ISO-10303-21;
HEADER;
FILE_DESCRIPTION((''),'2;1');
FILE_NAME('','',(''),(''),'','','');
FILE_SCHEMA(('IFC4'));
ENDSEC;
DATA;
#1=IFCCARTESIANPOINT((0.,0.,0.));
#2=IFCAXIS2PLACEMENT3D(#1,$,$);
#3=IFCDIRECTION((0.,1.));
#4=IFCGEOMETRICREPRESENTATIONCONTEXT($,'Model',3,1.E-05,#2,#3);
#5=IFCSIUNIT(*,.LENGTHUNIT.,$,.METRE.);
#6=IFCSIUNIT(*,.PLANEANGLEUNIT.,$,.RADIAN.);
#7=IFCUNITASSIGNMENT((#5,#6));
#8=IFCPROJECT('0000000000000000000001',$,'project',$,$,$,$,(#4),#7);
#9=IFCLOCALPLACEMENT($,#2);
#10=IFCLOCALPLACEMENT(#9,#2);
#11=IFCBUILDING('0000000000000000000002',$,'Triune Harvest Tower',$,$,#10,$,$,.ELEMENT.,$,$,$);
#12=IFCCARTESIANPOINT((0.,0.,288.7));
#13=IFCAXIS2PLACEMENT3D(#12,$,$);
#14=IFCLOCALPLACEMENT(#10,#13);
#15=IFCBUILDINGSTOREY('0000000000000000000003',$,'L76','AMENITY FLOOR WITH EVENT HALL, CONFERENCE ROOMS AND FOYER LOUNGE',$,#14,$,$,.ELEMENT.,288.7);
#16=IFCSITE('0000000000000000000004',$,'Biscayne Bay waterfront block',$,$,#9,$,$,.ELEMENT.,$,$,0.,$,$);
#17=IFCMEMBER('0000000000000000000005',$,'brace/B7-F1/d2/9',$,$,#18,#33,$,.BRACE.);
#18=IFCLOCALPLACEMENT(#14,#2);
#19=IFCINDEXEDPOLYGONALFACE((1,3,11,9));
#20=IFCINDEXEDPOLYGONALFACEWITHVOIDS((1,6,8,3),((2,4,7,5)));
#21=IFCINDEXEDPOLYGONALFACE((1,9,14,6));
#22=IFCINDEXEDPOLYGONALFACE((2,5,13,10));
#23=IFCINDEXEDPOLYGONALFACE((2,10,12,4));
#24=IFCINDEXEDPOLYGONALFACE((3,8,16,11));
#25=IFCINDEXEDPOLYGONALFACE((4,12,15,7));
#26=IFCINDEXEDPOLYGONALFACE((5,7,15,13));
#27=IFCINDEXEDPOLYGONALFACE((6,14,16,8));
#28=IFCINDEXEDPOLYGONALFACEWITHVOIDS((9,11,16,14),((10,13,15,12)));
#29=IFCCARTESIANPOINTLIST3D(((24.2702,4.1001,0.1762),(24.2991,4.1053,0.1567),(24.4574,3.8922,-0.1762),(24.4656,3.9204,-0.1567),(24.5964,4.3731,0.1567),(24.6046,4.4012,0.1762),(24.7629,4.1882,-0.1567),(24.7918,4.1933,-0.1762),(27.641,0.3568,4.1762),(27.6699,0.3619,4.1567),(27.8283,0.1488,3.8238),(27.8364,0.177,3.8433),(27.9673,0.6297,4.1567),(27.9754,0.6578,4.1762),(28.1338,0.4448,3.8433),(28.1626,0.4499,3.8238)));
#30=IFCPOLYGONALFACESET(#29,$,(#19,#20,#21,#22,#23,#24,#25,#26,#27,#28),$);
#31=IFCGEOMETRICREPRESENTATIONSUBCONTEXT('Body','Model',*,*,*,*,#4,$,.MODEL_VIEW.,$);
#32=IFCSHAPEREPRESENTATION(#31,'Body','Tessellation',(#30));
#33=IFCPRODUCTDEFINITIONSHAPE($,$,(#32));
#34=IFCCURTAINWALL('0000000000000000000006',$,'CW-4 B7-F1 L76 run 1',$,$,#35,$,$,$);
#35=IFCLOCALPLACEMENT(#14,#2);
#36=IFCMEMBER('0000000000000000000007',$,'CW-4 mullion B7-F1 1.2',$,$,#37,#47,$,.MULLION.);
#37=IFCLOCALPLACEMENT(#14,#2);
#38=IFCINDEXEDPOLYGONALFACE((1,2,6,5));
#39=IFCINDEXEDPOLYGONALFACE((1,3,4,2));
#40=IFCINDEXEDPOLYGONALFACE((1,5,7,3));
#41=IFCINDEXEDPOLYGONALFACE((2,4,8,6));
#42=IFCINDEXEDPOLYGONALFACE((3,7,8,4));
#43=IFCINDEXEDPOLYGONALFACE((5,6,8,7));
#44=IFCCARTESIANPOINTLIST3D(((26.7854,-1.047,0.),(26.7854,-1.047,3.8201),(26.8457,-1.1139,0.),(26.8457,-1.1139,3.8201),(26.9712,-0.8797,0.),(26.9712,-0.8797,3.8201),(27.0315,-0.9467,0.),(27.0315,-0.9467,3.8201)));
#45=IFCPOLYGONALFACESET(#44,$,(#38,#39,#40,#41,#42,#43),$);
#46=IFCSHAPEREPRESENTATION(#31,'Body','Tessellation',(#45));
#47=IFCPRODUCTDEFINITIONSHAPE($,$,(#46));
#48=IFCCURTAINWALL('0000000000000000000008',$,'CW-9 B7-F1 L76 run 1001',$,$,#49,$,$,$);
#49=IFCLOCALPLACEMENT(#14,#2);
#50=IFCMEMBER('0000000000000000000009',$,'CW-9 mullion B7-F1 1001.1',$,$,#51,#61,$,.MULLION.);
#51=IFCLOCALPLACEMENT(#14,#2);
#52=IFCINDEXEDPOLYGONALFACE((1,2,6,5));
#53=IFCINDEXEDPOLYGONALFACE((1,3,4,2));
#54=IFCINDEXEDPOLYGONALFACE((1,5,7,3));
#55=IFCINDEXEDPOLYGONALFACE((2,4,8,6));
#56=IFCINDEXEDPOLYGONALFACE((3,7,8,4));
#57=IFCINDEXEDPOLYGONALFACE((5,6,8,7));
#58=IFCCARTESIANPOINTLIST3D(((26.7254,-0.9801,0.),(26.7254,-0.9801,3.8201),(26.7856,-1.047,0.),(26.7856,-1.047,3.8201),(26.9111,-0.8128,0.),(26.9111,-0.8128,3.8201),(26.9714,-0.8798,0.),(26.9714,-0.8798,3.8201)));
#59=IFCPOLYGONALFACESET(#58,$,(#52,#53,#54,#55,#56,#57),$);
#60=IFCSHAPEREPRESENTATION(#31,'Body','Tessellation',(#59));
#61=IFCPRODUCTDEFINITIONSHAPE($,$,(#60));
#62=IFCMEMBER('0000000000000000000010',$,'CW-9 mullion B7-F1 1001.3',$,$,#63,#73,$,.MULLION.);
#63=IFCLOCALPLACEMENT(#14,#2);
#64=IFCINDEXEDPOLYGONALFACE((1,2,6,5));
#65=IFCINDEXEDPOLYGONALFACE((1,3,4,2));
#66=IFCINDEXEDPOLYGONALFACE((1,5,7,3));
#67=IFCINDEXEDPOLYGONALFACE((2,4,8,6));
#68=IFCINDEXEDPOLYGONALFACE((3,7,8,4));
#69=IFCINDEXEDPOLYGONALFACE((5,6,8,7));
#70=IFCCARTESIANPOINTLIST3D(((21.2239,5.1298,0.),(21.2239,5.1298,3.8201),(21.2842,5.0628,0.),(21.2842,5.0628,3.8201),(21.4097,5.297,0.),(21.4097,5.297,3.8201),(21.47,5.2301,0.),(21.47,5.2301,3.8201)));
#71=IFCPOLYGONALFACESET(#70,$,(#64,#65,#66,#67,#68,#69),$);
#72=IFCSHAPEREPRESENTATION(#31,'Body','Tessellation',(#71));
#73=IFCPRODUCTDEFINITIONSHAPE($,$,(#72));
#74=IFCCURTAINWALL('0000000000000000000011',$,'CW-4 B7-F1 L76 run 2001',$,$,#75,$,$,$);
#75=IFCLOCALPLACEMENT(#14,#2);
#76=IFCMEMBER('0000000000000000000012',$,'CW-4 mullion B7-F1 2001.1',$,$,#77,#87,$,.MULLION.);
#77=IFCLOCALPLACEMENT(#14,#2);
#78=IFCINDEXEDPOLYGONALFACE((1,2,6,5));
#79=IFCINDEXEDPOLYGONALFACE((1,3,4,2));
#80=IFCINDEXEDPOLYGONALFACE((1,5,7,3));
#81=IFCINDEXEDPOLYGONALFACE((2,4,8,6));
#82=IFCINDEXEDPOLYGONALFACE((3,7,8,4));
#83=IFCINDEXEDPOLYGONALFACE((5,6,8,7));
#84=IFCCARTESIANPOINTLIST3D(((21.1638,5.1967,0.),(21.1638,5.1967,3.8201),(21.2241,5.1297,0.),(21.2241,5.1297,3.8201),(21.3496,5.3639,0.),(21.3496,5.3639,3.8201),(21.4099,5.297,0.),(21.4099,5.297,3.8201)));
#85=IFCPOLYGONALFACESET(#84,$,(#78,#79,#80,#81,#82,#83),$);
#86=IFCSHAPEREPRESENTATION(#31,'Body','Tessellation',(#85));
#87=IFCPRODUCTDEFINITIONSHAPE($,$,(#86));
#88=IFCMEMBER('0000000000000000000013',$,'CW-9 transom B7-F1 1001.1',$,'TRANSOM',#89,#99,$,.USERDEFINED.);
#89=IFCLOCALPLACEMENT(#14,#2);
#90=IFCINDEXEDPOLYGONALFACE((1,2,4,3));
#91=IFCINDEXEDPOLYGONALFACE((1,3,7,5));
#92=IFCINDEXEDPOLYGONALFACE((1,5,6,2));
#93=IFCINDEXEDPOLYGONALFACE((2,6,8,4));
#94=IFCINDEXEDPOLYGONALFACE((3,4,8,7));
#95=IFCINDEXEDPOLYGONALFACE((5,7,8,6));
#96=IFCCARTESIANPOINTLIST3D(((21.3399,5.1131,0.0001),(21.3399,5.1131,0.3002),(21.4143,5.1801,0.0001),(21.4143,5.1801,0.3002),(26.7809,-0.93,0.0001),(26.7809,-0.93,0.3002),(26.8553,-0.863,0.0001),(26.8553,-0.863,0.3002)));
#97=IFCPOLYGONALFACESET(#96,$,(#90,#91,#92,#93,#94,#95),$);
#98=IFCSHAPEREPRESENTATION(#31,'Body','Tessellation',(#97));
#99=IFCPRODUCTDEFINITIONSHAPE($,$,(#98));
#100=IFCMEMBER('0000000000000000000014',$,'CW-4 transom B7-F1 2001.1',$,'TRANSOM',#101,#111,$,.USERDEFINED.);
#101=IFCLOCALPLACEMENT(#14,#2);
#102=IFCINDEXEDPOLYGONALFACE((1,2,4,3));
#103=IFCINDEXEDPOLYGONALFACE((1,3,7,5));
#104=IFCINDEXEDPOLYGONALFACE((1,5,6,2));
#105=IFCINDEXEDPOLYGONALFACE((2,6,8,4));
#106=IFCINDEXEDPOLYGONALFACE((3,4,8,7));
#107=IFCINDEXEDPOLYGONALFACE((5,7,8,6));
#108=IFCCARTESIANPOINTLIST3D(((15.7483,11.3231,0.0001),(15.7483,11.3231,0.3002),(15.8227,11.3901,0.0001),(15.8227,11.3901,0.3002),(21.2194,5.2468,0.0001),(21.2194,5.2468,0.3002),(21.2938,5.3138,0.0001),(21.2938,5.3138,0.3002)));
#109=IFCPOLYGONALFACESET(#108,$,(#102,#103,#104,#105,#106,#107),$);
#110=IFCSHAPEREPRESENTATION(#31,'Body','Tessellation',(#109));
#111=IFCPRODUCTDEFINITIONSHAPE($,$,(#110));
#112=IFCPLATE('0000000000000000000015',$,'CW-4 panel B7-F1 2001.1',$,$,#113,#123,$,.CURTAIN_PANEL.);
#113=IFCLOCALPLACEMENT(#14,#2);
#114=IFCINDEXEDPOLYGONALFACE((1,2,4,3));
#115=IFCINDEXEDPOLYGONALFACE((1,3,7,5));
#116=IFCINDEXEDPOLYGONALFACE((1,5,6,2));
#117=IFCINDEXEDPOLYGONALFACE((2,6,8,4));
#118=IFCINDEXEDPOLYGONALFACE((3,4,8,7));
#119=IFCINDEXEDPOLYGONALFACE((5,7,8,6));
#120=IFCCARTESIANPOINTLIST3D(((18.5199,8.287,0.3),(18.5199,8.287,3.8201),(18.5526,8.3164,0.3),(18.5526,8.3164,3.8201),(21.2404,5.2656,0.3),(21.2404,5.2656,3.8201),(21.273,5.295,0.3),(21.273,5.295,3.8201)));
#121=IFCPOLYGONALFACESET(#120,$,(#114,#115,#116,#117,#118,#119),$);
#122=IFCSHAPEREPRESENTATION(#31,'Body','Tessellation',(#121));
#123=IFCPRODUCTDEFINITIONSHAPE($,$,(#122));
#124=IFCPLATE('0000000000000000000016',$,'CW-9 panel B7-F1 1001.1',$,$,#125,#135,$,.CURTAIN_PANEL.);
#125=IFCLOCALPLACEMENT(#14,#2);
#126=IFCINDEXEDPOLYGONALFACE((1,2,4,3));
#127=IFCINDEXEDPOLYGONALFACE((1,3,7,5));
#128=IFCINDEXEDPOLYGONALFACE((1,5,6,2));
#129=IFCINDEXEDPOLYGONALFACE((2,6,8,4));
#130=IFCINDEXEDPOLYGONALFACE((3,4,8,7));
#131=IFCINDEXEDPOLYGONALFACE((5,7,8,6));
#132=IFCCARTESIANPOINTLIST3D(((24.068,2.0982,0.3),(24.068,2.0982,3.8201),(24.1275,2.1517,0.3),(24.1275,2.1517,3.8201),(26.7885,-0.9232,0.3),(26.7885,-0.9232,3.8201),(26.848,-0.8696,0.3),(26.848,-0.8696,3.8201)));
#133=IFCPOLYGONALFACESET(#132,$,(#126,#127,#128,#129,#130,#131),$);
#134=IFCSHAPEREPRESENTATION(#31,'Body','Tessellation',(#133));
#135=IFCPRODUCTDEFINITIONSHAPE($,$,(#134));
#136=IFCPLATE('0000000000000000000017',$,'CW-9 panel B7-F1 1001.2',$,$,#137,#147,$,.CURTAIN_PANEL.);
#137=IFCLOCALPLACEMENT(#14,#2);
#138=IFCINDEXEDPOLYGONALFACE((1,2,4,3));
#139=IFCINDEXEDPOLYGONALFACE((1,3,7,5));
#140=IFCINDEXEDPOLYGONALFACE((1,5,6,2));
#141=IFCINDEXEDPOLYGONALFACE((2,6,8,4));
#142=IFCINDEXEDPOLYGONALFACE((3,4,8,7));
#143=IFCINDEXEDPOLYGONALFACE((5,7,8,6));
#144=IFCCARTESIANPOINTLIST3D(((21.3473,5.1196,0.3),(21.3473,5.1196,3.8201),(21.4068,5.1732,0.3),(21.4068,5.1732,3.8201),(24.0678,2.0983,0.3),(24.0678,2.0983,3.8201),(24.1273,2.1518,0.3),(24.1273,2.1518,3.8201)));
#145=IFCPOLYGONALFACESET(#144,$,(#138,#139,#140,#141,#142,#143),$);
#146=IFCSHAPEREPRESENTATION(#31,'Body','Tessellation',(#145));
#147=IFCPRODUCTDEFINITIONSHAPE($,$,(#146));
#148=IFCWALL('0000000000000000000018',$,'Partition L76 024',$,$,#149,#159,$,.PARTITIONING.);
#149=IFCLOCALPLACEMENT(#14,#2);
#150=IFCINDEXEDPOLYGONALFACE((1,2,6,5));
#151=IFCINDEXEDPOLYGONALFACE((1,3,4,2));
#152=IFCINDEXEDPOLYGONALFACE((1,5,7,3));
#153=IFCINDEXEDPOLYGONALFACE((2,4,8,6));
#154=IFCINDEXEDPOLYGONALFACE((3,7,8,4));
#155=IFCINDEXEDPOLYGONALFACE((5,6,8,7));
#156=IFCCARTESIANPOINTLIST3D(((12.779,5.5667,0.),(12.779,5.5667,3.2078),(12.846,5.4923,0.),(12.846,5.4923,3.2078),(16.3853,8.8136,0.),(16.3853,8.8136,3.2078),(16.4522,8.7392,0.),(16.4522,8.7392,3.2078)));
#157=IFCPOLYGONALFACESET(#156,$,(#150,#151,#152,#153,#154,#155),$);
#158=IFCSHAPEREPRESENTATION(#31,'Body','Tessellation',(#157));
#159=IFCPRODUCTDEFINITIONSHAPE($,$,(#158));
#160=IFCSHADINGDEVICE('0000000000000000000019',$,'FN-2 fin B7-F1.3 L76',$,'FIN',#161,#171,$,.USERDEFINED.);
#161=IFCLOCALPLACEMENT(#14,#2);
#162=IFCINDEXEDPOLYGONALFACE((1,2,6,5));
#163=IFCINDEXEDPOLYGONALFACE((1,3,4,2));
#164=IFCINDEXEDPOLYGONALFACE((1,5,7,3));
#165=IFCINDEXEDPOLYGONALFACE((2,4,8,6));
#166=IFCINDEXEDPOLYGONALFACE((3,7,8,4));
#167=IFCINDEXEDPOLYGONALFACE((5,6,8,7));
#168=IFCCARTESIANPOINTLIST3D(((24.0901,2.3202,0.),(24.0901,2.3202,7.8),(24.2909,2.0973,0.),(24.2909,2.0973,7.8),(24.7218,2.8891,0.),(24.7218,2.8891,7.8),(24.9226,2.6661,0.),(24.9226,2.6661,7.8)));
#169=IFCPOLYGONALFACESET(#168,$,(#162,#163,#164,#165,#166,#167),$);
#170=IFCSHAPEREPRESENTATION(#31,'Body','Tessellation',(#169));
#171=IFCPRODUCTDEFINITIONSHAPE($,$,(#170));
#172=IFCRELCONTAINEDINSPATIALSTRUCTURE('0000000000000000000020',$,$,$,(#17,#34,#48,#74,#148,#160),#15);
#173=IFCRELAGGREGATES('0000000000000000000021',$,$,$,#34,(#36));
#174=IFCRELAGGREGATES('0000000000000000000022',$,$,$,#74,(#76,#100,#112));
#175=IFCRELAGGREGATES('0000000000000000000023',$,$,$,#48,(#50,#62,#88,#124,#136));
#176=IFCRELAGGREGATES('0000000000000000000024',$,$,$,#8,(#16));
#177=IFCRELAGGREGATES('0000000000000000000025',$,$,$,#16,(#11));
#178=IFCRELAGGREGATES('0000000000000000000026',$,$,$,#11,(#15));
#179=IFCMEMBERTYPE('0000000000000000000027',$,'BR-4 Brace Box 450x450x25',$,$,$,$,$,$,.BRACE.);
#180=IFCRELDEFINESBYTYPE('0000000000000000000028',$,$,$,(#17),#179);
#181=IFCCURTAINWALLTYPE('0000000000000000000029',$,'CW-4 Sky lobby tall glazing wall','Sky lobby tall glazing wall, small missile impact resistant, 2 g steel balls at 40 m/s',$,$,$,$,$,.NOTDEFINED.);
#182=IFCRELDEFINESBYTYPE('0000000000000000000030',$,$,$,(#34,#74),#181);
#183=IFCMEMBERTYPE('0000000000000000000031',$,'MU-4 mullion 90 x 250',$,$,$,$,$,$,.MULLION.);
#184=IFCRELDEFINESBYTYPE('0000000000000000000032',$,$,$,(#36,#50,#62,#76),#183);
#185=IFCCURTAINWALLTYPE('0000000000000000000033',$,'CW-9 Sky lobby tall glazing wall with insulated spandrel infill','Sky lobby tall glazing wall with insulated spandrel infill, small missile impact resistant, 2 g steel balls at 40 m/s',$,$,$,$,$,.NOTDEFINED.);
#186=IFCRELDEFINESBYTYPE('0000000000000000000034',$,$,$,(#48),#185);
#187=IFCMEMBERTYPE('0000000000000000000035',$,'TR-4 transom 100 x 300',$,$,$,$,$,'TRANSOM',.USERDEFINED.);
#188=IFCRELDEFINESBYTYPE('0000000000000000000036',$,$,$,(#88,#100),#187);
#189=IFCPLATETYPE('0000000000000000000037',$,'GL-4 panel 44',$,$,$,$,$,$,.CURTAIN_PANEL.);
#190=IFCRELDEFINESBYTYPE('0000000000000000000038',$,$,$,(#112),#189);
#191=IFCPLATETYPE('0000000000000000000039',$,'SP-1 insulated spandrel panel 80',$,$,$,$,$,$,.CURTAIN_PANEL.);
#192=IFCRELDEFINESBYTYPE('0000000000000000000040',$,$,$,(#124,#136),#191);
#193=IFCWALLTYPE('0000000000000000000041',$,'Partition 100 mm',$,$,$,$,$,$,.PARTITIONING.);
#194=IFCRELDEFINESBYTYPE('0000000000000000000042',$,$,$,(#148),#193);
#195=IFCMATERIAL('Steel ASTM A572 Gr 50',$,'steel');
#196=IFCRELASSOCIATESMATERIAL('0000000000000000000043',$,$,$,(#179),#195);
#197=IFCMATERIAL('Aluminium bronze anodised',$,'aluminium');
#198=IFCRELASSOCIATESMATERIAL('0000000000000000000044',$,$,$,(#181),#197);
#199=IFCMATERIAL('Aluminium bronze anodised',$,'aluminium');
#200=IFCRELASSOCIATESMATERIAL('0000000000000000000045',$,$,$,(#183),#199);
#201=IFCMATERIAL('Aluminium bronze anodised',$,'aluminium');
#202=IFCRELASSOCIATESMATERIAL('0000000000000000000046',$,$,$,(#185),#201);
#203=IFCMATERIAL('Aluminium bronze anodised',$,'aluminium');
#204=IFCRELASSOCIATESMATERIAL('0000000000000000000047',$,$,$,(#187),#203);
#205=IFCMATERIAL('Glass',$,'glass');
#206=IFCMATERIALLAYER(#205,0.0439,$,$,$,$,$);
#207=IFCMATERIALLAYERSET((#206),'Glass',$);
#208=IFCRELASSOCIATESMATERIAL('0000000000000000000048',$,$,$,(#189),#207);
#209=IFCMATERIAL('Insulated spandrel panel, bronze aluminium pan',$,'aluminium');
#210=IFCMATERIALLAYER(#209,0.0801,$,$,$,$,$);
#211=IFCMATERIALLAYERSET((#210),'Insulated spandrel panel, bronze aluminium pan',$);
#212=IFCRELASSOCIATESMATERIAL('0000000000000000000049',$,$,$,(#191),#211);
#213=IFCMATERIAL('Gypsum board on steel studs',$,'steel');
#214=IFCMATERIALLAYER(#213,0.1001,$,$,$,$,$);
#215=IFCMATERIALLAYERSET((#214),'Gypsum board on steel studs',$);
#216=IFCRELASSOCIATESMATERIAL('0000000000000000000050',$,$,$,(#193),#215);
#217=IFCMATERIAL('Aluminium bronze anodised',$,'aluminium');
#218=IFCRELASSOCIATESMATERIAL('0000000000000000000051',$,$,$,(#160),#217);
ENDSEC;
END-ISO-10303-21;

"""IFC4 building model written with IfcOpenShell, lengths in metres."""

from ifc_helpers import new_model, si_unit, direction, frame, frame_2d, origin, origin_2d, place, context, subcontext, project, spatial, rectangle, hollow_rectangle, extrude, source, transform, mapped, material, layer, layer_set, material_profile, profile_set, type_object, element, aggregate, save


model = new_model("IFC4")

# Units and contexts
model_context = context("Model", 3, precision=1e-05, world=origin(), true_north=direction((0.0, 1.0)))
body_context = subcontext(model_context, "Body", "Model", "MODEL_VIEW")
ifc_project = project(units=[si_unit("LENGTHUNIT", "METRE"), si_unit("PLANEANGLEUNIT", "RADIAN")], contexts=[model_context])

# Site, building, storey
site_placement = place(None, origin())
site = spatial("IfcSite", under=ifc_project, at=site_placement, Name="Biscayne Bay waterfront block", CompositionType="ELEMENT", RefElevation=0.0)
building_placement = place(site_placement, origin())
building = spatial("IfcBuilding", under=site, at=building_placement, Name="Triune Harvest Tower", CompositionType="ELEMENT")
storey_placement = place(building_placement, frame((0.0, 0.0, 288.7)))
storey = spatial("IfcBuildingStorey", under=building, at=storey_placement, Name="L76", Description="AMENITY FLOOR WITH EVENT HALL, CONFERENCE ROOMS AND FOYER LOUNGE", CompositionType="ELEMENT", Elevation=288.7)

# Member
ifc_material_1 = material(Name="Steel ASTM A572 Gr 50", Category="steel")
ifc_material_profile_1 = material_profile(ifc_material_1, hollow_rectangle(XDim=0.45, YDim=0.45, WallThickness=0.0249, at=origin_2d()), Name="Box 450x450x25")
ifc_profile_set_1 = profile_set([ifc_material_profile_1], Name="Steel ASTM A572 Gr 50")
member_type_1 = type_object("IfcMemberType", Name="BR-4 Brace Box 450x450x25", PredefinedType="BRACE", material=ifc_profile_set_1)
shared_shape_1 = source(origin(), body_context, "Body", "SweptSolid", [
    extrude(hollow_rectangle(XDim=0.45, YDim=0.45, WallThickness=0.0249, at=origin_2d()), origin(), (0.0, 0.0, 1.0), 6.4324),
])
member_1_placement = place(storey_placement, frame((24.531, 4.1467, 0.0), z_axis=(0.524043, -0.581962, 0.621852), x_axis=(0.743118, 0.66916, 0.0)))
element("IfcMember", 1, at=member_1_placement, inside=storey, type_object=member_type_1, Name="brace/B7-F1/d2/9", PredefinedType="BRACE", context=body_context, shape_type="MappedRepresentation", body=[
    mapped(shared_shape_1, transform((0.0, 0.0, 0.0), scale=1.0)),
])

# Curtain wall, member
ifc_material_2 = material(Name="Aluminium bronze anodised", Category="aluminium")
curtain_wall_type_1 = type_object("IfcCurtainWallType", Name="CW-4 Sky lobby tall glazing wall", Description="Sky lobby tall glazing wall, small missile impact resistant, 2 g steel balls at 40 m/s", PredefinedType="NOTDEFINED", material=ifc_material_2)
curtain_wall_1_placement = place(storey_placement, origin())
curtain_wall_1 = element("IfcCurtainWall", 2, at=curtain_wall_1_placement, inside=storey, type_object=curtain_wall_type_1, Name="CW-4 B7-F1 L76 run 1")
ifc_material_3 = material(Name="Aluminium bronze anodised", Category="aluminium")
ifc_material_profile_2 = material_profile(ifc_material_3, rectangle(XDim=0.25, YDim=0.0901, at=origin_2d()), Name="MU-4 mullion 90 x 250")
ifc_profile_set_2 = profile_set([ifc_material_profile_2], Name="Aluminium bronze anodised")
member_type_2 = type_object("IfcMemberType", Name="MU-4 mullion 90 x 250", PredefinedType="MULLION", material=ifc_profile_set_2)
shared_shape_2 = source(origin(), body_context, "Body", "SweptSolid", [
    extrude(rectangle(XDim=0.25, YDim=0.0901, at=origin_2d()), origin(), (0.0, 0.0, 1.0), 3.8201),
])
member_2_placement = place(storey_placement, frame((26.9084, -0.9968, 0.0), z_axis=(0.0, 0.0, 1.0), x_axis=(-0.743139, -0.669137, 0.0)))
member_2 = element("IfcMember", 3, at=member_2_placement, type_object=member_type_2, Name="CW-4 mullion B7-F1 1.2", PredefinedType="MULLION", context=body_context, shape_type="MappedRepresentation", body=[
    mapped(shared_shape_2, transform((0.0, 0.0, 0.0), scale=1.0)),
])
aggregate(curtain_wall_1, [member_2])

# Curtain wall, members
ifc_material_4 = material(Name="Aluminium bronze anodised", Category="aluminium")
curtain_wall_type_2 = type_object("IfcCurtainWallType", Name="CW-9 Sky lobby tall glazing wall with insulated spandrel infill", Description="Sky lobby tall glazing wall with insulated spandrel infill, small missile impact resistant, 2 g steel balls at 40 m/s", PredefinedType="NOTDEFINED", material=ifc_material_4)
curtain_wall_2_placement = place(storey_placement, origin())
curtain_wall_2 = element("IfcCurtainWall", 4, at=curtain_wall_2_placement, inside=storey, type_object=curtain_wall_type_2, Name="CW-9 B7-F1 L76 run 1001")
member_3_placement = place(storey_placement, frame((26.8484, -0.9299, 0.0), z_axis=(0.0, 0.0, 1.0), x_axis=(-0.743146, -0.669129, 0.0)))
member_3 = element("IfcMember", 5, at=member_3_placement, type_object=member_type_2, Name="CW-9 mullion B7-F1 1001.1", PredefinedType="MULLION", context=body_context, shape_type="MappedRepresentation", body=[
    mapped(shared_shape_2, transform((0.0, 0.0, 0.0), scale=1.0)),
])
member_4_placement = place(storey_placement, frame((21.3469, 5.1799, 0.0), z_axis=(0.0, 0.0, 1.0), x_axis=(-0.743146, -0.669129, 0.0)))
member_4 = element("IfcMember", 6, at=member_4_placement, type_object=member_type_2, Name="CW-9 mullion B7-F1 1001.3", PredefinedType="MULLION", context=body_context, shape_type="MappedRepresentation", body=[
    mapped(shared_shape_2, transform((0.0, 0.0, 0.0), scale=1.0)),
])

# Curtain wall, member
curtain_wall_3_placement = place(storey_placement, origin())
curtain_wall_3 = element("IfcCurtainWall", 7, at=curtain_wall_3_placement, inside=storey, type_object=curtain_wall_type_1, Name="CW-4 B7-F1 L76 run 2001")
member_5_placement = place(storey_placement, frame((21.2869, 5.2468, 0.0), z_axis=(0.0, 0.0, 1.0), x_axis=(-0.743144, -0.669131, 0.0)))
member_5 = element("IfcMember", 8, at=member_5_placement, type_object=member_type_2, Name="CW-4 mullion B7-F1 2001.1", PredefinedType="MULLION", context=body_context, shape_type="MappedRepresentation", body=[
    mapped(shared_shape_2, transform((0.0, 0.0, 0.0), scale=1.0)),
])

# Members
ifc_material_5 = material(Name="Aluminium bronze anodised", Category="aluminium")
ifc_material_profile_3 = material_profile(ifc_material_5, rectangle(XDim=0.1001, YDim=0.3, at=origin_2d()), Name="TR-4 transom 100 x 300")
ifc_profile_set_3 = profile_set([ifc_material_profile_3], Name="Aluminium bronze anodised")
member_type_3 = type_object("IfcMemberType", Name="TR-4 transom 100 x 300", ElementType="TRANSOM", PredefinedType="USERDEFINED", material=ifc_profile_set_3)
shared_shape_3 = source(origin(), body_context, "Body", "SweptSolid", [
    extrude(rectangle(XDim=0.1001, YDim=0.3, at=origin_2d()), origin(), (0.0, 0.0, 1.0), 8.1316),
])
member_6_placement = place(storey_placement, frame((26.8181, -0.8965, 0.1501), z_axis=(-0.669117, 0.743157, 0.0), x_axis=(-0.743157, -0.669117, 0.0)))
member_6 = element("IfcMember", 9, at=member_6_placement, type_object=member_type_3, Name="CW-9 transom B7-F1 1001.1", ObjectType="TRANSOM", PredefinedType="USERDEFINED", context=body_context, shape_type="MappedRepresentation", body=[
    mapped(shared_shape_3, transform((0.0, 0.0, 0.0), scale=1.0)),
])
shared_shape_4 = source(origin(), body_context, "Body", "SweptSolid", [
    extrude(rectangle(XDim=0.1001, YDim=0.3, at=origin_2d()), origin(), (0.0, 0.0, 1.0), 8.1765),
])
member_7_placement = place(storey_placement, frame((21.2566, 5.2803, 0.1501), z_axis=(-0.669128, 0.743147, 0.0), x_axis=(-0.743147, -0.669128, 0.0)))
member_7 = element("IfcMember", 10, at=member_7_placement, type_object=member_type_3, Name="CW-4 transom B7-F1 2001.1", ObjectType="TRANSOM", PredefinedType="USERDEFINED", context=body_context, shape_type="MappedRepresentation", body=[
    mapped(shared_shape_4, transform((0.0, 0.0, 0.0), scale=1.0)),
])

# Plates
ifc_material_6 = material(Name="Glass", Category="glass")
ifc_layer_1 = layer(ifc_material_6, 0.0439)
ifc_layer_set_1 = layer_set([ifc_layer_1], Name="Glass")
plate_type_1 = type_object("IfcPlateType", Name="GL-4 panel 44", PredefinedType="CURTAIN_PANEL", material=ifc_layer_set_1)
shared_shape_5 = source(origin(), body_context, "Body", "SweptSolid", [
    extrude(rectangle(XDim=4.0657, YDim=0.0439, at=origin_2d()), origin(), (0.0, 0.0, 1.0), 3.52),
])
plate_1_placement = place(storey_placement, frame((19.8965, 6.791, 0.3), z_axis=(0.0, 0.0, 1.0), x_axis=(-0.669131, 0.743144, 0.0)))
plate_1 = element("IfcPlate", 11, at=plate_1_placement, type_object=plate_type_1, Name="CW-4 panel B7-F1 2001.1", PredefinedType="CURTAIN_PANEL", context=body_context, shape_type="MappedRepresentation", body=[
    mapped(shared_shape_5, transform((0.0, 0.0, 0.0), scale=1.0)),
])
aggregate(curtain_wall_3, [member_5, member_7, plate_1])
ifc_material_7 = material(Name="Insulated spandrel panel, bronze aluminium pan", Category="aluminium")
ifc_layer_2 = layer(ifc_material_7, 0.0801)
ifc_layer_set_2 = layer_set([ifc_layer_2], Name="Insulated spandrel panel, bronze aluminium pan")
plate_type_2 = type_object("IfcPlateType", Name="SP-1 insulated spandrel panel 80", PredefinedType="CURTAIN_PANEL", material=ifc_layer_set_2)
shared_shape_6 = source(origin(), body_context, "Body", "SweptSolid", [
    extrude(rectangle(XDim=4.0657, YDim=0.0801, at=origin_2d()), origin(), (0.0, 0.0, 1.0), 3.52),
])
plate_2_placement = place(storey_placement, frame((25.458, 0.6143, 0.3), z_axis=(0.0, 0.0, 1.0), x_axis=(-0.669129, 0.743146, 0.0)))
plate_2 = element("IfcPlate", 12, at=plate_2_placement, type_object=plate_type_2, Name="CW-9 panel B7-F1 1001.1", PredefinedType="CURTAIN_PANEL", context=body_context, shape_type="MappedRepresentation", body=[
    mapped(shared_shape_6, transform((0.0, 0.0, 0.0), scale=1.0)),
])
plate_3_placement = place(storey_placement, frame((22.7373, 3.6357, 0.3), z_axis=(0.0, 0.0, 1.0), x_axis=(-0.669129, 0.743146, 0.0)))
plate_3 = element("IfcPlate", 13, at=plate_3_placement, type_object=plate_type_2, Name="CW-9 panel B7-F1 1001.2", PredefinedType="CURTAIN_PANEL", context=body_context, shape_type="MappedRepresentation", body=[
    mapped(shared_shape_6, transform((0.0, 0.0, 0.0), scale=1.0)),
])
aggregate(curtain_wall_2, [member_3, member_4, member_6, plate_2, plate_3])

# Wall
ifc_material_8 = material(Name="Gypsum board on steel studs", Category="steel")
ifc_layer_3 = layer(ifc_material_8, 0.1001)
ifc_layer_set_3 = layer_set([ifc_layer_3], Name="Gypsum board on steel studs")
wall_type = type_object("IfcWallType", Name="Partition 100 mm", PredefinedType="PARTITIONING", material=ifc_layer_set_3)
wall_placement = place(storey_placement, frame((12.8125, 5.5295, 0.0), z_axis=(0.0, 0.0, 1.0), x_axis=(0.743167, 0.669106, 0.0)))
element("IfcWall", 14, at=wall_placement, inside=storey, type_object=wall_type, Name="Partition L76 024", PredefinedType="PARTITIONING", context=body_context, shape_type="SweptSolid", body=[
    extrude(rectangle(XDim=4.8525, YDim=0.1001, at=frame_2d((2.4263, 0.0))), origin(), (0.0, 0.0, 1.0), 3.2078),
])

# Shading device
ifc_material_9 = material(Name="Aluminium bronze anodised", Category="aluminium")
shared_shape_7 = source(origin(), body_context, "Body", "SweptSolid", [
    extrude(rectangle(XDim=0.3, YDim=0.8501, at=origin_2d()), origin(), (0.0, 0.0, 1.0), 7.8),
])
shading_device_1_placement = place(storey_placement, frame((24.5063, 2.4932, 0.0), z_axis=(0.0, 0.0, 1.0), x_axis=(-0.669131, 0.743144, 0.0)))
element("IfcShadingDevice", 15, at=shading_device_1_placement, inside=storey, material=ifc_material_9, Name="FN-2 fin B7-F1.3 L76", ObjectType="FIN", PredefinedType="USERDEFINED", context=body_context, shape_type="MappedRepresentation", body=[
    mapped(shared_shape_7, transform((0.0, 0.0, 0.0), scale=1.0)),
])

save(model, "model.ifc")
